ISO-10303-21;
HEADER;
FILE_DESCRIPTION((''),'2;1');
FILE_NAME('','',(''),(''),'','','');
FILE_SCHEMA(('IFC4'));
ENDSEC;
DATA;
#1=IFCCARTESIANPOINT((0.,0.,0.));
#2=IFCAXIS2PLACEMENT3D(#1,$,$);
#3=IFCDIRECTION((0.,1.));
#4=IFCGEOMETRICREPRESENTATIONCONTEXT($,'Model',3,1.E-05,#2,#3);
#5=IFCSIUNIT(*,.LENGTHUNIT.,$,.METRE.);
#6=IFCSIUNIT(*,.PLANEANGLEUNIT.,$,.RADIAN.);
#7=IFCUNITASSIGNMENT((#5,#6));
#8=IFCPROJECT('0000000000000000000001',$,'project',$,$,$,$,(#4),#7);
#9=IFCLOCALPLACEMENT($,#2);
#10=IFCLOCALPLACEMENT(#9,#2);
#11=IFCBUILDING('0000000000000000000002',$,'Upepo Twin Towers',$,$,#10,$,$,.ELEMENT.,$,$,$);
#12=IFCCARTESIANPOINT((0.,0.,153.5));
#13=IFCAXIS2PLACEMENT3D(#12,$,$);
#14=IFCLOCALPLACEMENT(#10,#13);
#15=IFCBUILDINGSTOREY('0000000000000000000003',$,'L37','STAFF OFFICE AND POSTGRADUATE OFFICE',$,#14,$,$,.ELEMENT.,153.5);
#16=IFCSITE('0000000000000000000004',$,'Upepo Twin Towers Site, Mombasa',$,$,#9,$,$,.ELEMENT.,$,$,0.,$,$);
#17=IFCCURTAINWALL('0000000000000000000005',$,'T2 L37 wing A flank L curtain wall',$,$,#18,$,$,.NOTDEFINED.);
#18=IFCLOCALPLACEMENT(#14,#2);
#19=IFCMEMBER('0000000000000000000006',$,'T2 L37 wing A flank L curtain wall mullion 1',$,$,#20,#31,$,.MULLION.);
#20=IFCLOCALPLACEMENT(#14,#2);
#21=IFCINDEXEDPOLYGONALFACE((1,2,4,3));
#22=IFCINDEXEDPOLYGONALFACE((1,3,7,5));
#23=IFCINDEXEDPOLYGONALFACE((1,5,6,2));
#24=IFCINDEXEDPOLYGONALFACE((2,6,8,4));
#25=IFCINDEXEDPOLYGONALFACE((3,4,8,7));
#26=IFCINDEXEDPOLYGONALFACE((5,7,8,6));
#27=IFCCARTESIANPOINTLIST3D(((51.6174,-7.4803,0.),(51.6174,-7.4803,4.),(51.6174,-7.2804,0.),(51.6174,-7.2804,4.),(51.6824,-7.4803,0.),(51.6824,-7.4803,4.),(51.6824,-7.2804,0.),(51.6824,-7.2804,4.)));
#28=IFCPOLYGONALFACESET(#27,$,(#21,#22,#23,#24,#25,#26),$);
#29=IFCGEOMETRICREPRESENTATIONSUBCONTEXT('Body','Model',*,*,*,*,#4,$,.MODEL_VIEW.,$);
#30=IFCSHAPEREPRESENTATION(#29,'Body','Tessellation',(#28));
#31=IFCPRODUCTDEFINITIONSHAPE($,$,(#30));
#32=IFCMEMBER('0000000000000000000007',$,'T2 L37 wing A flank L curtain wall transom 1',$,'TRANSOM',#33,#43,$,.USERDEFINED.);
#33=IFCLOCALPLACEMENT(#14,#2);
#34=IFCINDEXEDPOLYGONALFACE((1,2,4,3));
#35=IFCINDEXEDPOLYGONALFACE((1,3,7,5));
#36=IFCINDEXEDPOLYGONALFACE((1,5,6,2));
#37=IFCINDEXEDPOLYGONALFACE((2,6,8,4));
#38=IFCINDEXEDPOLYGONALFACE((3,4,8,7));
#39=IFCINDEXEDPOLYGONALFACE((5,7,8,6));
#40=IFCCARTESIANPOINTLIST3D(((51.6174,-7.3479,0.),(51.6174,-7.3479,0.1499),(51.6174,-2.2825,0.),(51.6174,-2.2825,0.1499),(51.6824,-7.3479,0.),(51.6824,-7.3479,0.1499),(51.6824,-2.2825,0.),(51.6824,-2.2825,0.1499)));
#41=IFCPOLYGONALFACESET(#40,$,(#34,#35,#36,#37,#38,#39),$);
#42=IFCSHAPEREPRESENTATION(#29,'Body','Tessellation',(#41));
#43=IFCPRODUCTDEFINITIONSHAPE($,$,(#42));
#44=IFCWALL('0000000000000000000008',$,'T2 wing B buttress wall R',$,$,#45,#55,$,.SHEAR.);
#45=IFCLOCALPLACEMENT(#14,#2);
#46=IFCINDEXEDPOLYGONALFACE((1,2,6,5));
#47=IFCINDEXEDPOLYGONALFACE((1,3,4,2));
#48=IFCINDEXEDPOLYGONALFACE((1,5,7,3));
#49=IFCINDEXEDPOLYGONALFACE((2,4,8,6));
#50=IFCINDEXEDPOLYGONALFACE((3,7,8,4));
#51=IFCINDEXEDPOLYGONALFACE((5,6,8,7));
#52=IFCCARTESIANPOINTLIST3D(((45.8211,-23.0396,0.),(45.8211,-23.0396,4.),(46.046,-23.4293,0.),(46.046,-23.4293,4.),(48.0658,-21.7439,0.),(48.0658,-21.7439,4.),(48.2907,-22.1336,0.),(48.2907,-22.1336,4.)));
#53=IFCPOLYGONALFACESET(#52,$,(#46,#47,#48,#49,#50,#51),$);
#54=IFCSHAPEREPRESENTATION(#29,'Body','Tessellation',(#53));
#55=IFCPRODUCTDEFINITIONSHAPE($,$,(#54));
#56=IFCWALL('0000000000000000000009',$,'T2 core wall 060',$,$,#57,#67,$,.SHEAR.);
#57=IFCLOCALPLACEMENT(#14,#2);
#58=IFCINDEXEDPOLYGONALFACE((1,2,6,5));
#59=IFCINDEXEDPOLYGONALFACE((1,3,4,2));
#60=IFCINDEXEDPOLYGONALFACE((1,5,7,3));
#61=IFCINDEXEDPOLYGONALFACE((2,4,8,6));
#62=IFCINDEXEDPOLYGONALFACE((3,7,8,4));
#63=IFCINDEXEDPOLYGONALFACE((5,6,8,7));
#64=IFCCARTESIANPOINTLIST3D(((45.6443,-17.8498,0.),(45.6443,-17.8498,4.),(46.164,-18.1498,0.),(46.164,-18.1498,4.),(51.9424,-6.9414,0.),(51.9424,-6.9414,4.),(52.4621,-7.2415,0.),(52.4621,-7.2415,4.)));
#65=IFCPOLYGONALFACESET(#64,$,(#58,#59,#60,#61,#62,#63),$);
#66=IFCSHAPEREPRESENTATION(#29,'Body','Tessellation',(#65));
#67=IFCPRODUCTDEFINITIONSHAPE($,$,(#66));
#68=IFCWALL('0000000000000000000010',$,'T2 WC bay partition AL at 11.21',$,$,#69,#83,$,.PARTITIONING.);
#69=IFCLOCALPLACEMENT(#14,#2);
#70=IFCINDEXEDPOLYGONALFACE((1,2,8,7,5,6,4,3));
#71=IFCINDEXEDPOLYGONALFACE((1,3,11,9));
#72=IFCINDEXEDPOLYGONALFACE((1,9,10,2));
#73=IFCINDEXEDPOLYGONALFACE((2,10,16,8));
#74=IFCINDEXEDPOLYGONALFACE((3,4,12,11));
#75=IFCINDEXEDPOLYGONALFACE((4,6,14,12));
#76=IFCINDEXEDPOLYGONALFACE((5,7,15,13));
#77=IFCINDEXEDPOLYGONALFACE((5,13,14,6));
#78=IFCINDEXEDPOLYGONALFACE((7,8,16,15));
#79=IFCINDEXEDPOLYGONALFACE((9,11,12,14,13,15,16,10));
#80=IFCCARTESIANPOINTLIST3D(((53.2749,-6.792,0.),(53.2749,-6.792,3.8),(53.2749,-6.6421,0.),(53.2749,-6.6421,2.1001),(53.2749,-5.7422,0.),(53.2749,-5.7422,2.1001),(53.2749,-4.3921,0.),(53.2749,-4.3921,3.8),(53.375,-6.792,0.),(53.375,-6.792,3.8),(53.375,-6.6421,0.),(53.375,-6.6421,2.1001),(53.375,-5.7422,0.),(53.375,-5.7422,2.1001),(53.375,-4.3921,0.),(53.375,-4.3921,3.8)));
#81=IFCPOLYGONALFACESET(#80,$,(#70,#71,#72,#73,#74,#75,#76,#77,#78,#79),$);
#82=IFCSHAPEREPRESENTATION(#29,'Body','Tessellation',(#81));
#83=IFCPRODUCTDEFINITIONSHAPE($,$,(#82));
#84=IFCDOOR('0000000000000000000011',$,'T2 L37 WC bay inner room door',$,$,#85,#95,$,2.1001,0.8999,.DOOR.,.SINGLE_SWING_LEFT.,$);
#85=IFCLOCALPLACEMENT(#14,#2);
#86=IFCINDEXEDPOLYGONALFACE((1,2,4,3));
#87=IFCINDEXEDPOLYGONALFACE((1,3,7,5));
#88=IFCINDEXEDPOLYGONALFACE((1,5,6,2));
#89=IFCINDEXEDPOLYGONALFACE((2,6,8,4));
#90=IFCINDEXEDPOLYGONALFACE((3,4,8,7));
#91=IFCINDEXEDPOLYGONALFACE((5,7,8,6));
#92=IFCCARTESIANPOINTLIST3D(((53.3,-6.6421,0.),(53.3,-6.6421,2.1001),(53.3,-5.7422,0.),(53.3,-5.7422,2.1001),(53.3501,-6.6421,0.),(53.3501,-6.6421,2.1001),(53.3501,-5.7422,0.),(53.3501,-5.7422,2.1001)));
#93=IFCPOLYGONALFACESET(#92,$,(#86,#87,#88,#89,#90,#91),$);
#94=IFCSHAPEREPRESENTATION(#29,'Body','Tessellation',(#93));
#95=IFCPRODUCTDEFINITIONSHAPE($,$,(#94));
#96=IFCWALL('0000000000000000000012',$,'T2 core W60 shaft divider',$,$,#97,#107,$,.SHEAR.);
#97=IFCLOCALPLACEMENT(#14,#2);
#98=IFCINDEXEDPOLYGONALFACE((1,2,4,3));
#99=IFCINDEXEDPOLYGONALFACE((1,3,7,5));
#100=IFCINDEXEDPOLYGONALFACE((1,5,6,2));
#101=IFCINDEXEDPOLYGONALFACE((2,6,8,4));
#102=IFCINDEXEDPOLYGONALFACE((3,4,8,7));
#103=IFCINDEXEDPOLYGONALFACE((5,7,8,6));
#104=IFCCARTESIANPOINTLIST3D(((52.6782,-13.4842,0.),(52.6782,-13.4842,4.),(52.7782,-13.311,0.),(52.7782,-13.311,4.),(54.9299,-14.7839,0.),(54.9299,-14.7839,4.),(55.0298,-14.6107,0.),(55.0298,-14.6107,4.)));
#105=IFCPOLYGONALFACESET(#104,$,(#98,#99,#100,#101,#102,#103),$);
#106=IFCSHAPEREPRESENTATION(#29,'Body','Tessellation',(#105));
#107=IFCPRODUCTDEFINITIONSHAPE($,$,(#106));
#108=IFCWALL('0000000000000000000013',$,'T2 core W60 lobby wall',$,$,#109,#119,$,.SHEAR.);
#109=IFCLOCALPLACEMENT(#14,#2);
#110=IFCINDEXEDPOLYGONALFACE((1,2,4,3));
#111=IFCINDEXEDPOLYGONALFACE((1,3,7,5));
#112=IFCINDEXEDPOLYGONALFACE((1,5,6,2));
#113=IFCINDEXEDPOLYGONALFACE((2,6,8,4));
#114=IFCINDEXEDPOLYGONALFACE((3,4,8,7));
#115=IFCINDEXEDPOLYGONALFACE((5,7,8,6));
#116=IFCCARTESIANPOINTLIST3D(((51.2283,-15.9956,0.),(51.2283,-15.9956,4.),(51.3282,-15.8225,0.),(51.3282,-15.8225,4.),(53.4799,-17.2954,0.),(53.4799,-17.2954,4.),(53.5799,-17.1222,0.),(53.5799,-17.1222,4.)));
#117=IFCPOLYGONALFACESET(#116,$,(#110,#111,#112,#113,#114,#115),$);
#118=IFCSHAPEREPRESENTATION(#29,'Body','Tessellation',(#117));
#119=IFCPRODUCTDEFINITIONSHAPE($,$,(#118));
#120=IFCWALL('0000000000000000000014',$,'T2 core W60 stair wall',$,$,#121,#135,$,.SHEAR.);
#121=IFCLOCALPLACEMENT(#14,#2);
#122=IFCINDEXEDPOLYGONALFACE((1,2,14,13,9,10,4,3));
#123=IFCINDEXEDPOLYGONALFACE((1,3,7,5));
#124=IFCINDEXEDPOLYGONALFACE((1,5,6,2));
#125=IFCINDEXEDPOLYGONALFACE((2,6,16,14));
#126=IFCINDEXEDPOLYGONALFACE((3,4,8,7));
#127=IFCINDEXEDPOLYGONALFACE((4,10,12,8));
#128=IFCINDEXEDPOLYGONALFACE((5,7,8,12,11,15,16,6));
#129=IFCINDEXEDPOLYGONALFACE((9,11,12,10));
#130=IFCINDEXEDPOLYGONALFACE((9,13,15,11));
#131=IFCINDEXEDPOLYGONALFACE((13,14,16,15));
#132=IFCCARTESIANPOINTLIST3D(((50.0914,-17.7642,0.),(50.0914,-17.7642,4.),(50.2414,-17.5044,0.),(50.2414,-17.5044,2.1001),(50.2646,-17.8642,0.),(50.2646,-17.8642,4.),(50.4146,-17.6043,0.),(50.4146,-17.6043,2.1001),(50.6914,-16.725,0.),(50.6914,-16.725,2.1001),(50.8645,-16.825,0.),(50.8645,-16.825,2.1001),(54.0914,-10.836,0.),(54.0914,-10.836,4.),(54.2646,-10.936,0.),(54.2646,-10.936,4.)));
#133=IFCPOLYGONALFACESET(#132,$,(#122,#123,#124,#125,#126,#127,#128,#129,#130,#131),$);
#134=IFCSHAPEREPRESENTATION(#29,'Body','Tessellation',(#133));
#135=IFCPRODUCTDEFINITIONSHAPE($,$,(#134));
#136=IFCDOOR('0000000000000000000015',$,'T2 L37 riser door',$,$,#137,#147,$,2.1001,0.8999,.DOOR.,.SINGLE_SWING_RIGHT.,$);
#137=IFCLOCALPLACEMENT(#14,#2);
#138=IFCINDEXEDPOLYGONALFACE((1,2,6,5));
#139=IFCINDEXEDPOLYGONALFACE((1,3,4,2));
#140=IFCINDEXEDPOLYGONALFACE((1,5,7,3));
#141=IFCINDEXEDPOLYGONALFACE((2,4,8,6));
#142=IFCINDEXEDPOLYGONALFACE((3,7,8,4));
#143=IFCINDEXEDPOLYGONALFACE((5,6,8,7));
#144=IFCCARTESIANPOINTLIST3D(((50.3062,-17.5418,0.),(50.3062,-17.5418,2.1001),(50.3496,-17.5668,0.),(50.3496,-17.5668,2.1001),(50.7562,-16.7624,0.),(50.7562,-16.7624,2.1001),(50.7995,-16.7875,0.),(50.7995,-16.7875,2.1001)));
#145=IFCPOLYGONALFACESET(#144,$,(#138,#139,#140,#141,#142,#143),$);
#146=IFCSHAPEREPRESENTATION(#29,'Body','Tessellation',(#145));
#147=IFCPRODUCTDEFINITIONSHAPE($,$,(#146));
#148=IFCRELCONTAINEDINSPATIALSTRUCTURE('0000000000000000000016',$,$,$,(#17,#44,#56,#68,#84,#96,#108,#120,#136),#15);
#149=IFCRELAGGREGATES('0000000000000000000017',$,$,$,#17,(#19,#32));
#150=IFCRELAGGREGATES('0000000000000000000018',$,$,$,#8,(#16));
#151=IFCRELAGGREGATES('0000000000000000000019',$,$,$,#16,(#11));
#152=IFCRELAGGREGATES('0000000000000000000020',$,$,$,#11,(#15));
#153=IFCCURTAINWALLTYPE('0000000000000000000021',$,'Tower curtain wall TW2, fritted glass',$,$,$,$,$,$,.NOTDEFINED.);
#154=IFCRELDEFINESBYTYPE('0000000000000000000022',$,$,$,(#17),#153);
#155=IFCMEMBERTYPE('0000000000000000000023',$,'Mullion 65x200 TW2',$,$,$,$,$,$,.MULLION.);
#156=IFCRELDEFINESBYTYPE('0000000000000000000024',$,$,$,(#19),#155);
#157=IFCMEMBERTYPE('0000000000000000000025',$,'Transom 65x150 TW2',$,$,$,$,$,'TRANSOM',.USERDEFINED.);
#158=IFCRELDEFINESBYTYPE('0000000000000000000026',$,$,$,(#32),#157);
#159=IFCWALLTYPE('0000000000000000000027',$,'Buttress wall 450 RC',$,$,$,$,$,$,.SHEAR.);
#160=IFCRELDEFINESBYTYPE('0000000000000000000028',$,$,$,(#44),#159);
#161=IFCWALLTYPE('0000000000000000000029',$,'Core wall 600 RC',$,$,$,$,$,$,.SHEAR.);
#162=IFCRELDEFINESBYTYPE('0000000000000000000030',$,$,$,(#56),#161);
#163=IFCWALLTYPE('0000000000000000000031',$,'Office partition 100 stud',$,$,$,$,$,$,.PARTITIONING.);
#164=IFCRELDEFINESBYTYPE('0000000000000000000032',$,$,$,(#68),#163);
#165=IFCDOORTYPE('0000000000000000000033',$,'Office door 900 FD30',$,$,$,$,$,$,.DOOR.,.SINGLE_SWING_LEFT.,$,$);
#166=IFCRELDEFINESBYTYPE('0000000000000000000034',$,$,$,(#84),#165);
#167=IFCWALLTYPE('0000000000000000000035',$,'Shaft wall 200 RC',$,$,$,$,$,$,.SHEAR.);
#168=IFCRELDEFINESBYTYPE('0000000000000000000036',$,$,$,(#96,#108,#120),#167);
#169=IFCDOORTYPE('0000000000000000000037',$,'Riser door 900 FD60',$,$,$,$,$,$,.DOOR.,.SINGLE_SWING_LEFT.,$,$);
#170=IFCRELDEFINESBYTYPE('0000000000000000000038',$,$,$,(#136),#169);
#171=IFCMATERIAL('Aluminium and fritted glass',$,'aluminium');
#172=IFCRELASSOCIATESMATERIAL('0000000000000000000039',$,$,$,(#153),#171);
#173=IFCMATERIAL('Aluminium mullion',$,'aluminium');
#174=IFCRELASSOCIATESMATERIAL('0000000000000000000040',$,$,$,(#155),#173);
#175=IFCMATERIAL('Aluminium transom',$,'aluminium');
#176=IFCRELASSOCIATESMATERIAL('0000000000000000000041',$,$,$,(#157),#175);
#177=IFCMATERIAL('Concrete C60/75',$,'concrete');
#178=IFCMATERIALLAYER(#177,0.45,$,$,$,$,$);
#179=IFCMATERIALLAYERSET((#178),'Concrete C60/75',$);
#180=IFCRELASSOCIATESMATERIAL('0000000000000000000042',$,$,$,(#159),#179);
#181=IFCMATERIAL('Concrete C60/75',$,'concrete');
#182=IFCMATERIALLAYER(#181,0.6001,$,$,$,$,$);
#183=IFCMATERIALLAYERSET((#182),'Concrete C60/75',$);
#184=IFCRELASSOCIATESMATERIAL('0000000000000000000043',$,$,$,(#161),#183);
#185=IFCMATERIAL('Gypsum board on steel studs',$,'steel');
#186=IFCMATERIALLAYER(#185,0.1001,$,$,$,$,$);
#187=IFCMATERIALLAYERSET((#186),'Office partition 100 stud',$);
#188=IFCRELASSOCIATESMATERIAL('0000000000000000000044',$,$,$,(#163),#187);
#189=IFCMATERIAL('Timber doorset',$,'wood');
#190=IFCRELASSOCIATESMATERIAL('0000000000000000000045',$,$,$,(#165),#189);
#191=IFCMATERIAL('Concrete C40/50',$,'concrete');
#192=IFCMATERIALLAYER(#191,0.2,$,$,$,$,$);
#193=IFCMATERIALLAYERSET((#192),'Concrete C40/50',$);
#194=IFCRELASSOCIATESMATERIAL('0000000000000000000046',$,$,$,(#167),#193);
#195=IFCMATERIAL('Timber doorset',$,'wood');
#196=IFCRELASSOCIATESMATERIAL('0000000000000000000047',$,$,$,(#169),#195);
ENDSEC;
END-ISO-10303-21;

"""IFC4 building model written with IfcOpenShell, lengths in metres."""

from ifc_helpers import new_model, si_unit, direction, frame, frame_2d, origin, origin_2d, place, context, subcontext, project, spatial, rectangle, extrude, material, layer, layer_set, material_profile, profile_set, type_object, element, fill, aggregate, save


model = new_model("IFC4")

# Units and contexts
model_context = context("Model", 3, precision=1e-05, world=origin(), true_north=direction((0.0, 1.0)))
body_context = subcontext(model_context, "Body", "Model", "MODEL_VIEW")
ifc_project = project(units=[si_unit("LENGTHUNIT", "METRE"), si_unit("PLANEANGLEUNIT", "RADIAN")], contexts=[model_context])

# Site, building, storey
site_placement = place(None, origin())
site = spatial("IfcSite", under=ifc_project, at=site_placement, Name="Upepo Twin Towers Site, Mombasa", CompositionType="ELEMENT", RefElevation=0.0)
building_placement = place(site_placement, origin())
building = spatial("IfcBuilding", under=site, at=building_placement, Name="Upepo Twin Towers", CompositionType="ELEMENT")
storey_placement = place(building_placement, frame((0.0, 0.0, 153.5)))
storey = spatial("IfcBuildingStorey", under=building, at=storey_placement, Name="L37", Description="STAFF OFFICE AND POSTGRADUATE OFFICE", CompositionType="ELEMENT", Elevation=153.5)

# Curtain wall, members
ifc_material_1 = material(Name="Aluminium and fritted glass", Category="aluminium")
curtain_wall_type = type_object("IfcCurtainWallType", Name="Tower curtain wall TW2, fritted glass", PredefinedType="NOTDEFINED", material=ifc_material_1)
curtain_wall_placement = place(storey_placement, origin())
curtain_wall = element("IfcCurtainWall", 1, at=curtain_wall_placement, inside=storey, type_object=curtain_wall_type, Name="T2 L37 wing A flank L curtain wall", PredefinedType="NOTDEFINED")
ifc_material_2 = material(Name="Aluminium mullion", Category="aluminium")
ifc_material_profile_1 = material_profile(ifc_material_2, rectangle(XDim=0.0649, YDim=0.2, at=origin_2d()), Name="MULLION 65x200")
ifc_profile_set_1 = profile_set([ifc_material_profile_1], Name="Aluminium mullion")
member_type_1 = type_object("IfcMemberType", Name="Mullion 65x200 TW2", PredefinedType="MULLION", material=ifc_profile_set_1)
member_1_placement = place(storey_placement, frame((51.6499, -7.3804, 0.0), z_axis=(0.0, 0.0, 1.0), x_axis=(-1.0, 0.0, 0.0)))
member_1 = element("IfcMember", 2, at=member_1_placement, type_object=member_type_1, Name="T2 L37 wing A flank L curtain wall mullion 1", PredefinedType="MULLION", context=body_context, shape_type="SweptSolid", body=[
    extrude(rectangle(XDim=0.0649, YDim=0.2, at=origin_2d()), origin(), (0.0, 0.0, 1.0), 4.0),
])
ifc_material_3 = material(Name="Aluminium transom", Category="aluminium")
ifc_material_profile_2 = material_profile(ifc_material_3, rectangle(XDim=0.0649, YDim=0.1499, at=origin_2d()), Name="TRANSOM 65x150")
ifc_profile_set_2 = profile_set([ifc_material_profile_2], Name="Aluminium transom")
member_type_2 = type_object("IfcMemberType", Name="Transom 65x150 TW2", ElementType="TRANSOM", PredefinedType="USERDEFINED", material=ifc_profile_set_2)
member_2_placement = place(storey_placement, frame((51.6499, -7.3479, 0.075), z_axis=(0.0, 1.0, 0.0), x_axis=(-1.0, 0.0, 0.0)))
member_2 = element("IfcMember", 3, at=member_2_placement, type_object=member_type_2, Name="T2 L37 wing A flank L curtain wall transom 1", ObjectType="TRANSOM", PredefinedType="USERDEFINED", context=body_context, shape_type="SweptSolid", body=[
    extrude(rectangle(XDim=0.0649, YDim=0.1499, at=origin_2d()), origin(), (0.0, 0.0, 1.0), 5.0654),
])
aggregate(curtain_wall, [member_1, member_2])

# Walls
ifc_material_4 = material(Name="Concrete C60/75", Category="concrete")
ifc_layer_1 = layer(ifc_material_4, 0.45)
ifc_layer_set_1 = layer_set([ifc_layer_1], Name="Concrete C60/75")
wall_type_1 = type_object("IfcWallType", Name="Buttress wall 450 RC", PredefinedType="SHEAR", material=ifc_layer_set_1)
wall_1_placement = place(storey_placement, frame((48.1782, -21.9387, 0.0), z_axis=(0.0, 0.0, 1.0), x_axis=(-0.866073, -0.499918, 0.0)))
element("IfcWall", 4, at=wall_1_placement, inside=storey, type_object=wall_type_1, Name="T2 wing B buttress wall R", PredefinedType="SHEAR", context=body_context, shape_type="SweptSolid", body=[
    extrude(rectangle(XDim=2.5918, YDim=0.45, at=frame_2d((1.2959, 0.0))), origin(), (0.0, 0.0, 1.0), 4.0),
])
ifc_material_5 = material(Name="Concrete C60/75", Category="concrete")
ifc_layer_2 = layer(ifc_material_5, 0.6001)
ifc_layer_set_2 = layer_set([ifc_layer_2], Name="Concrete C60/75")
wall_type_2 = type_object("IfcWallType", Name="Core wall 600 RC", PredefinedType="SHEAR", material=ifc_layer_set_2)
wall_2_placement = place(storey_placement, frame((52.2021, -7.0916, 0.0), z_axis=(0.0, 0.0, 1.0), x_axis=(-0.500006, -0.866022, 0.0)))
element("IfcWall", 5, at=wall_2_placement, inside=storey, type_object=wall_type_2, Name="T2 core wall 060", PredefinedType="SHEAR", context=body_context, shape_type="SweptSolid", body=[
    extrude(rectangle(XDim=12.5959, YDim=0.6001, at=frame_2d((6.2979, 0.0))), origin(), (0.0, 0.0, 1.0), 4.0),
])

# Wall, opening, door
ifc_material_6 = material(Name="Gypsum board on steel studs", Category="steel")
ifc_layer_3 = layer(ifc_material_6, 0.1001)
ifc_layer_set_3 = layer_set([ifc_layer_3], Name="Office partition 100 stud")
wall_type_3 = type_object("IfcWallType", Name="Office partition 100 stud", PredefinedType="PARTITIONING", material=ifc_layer_set_3)
wall_3_placement = place(storey_placement, frame((53.325, -6.792, 0.0), z_axis=(0.0, 0.0, 1.0), x_axis=(0.0, 1.0, 0.0)))
wall_3 = element("IfcWall", 6, at=wall_3_placement, inside=storey, type_object=wall_type_3, Name="T2 WC bay partition AL at 11.21", PredefinedType="PARTITIONING", context=body_context, shape_type="SweptSolid", body=[
    extrude(rectangle(XDim=2.3999, YDim=0.1001, at=frame_2d((1.2, 0.0))), origin(), (0.0, 0.0, 1.0), 3.8),
])
opening_1_placement = place(wall_3_placement, frame((0.1499, 0.0, 0.0)))
opening_1 = element("IfcOpeningElement", 7, at=opening_1_placement, cuts=wall_3, PredefinedType="OPENING", context=body_context, shape_type="SweptSolid", body=[
    extrude(rectangle(XDim=0.8999, YDim=2.1001, at=frame_2d((0.45, 1.05))), frame((0.0, 0.0601, 0.0), z_axis=(0.0, -1.0, 0.0), x_axis=(1.0, 0.0, 0.0)), (0.0, 0.0, 1.0), 0.1201),
])
ifc_material_7 = material(Name="Timber doorset", Category="wood")
door_type_1 = type_object("IfcDoorType", Name="Office door 900 FD30", OperationType="SINGLE_SWING_LEFT", PredefinedType="DOOR", material=ifc_material_7)
door_1_placement = place(opening_1_placement, origin())
door_1 = element("IfcDoor", 8, at=door_1_placement, inside=storey, type_object=door_type_1, Name="T2 L37 WC bay inner room door", OperationType="SINGLE_SWING_LEFT", OverallHeight=2.1001, OverallWidth=0.8999, PredefinedType="DOOR", context=body_context, shape_type="SweptSolid", body=[
    extrude(rectangle(XDim=0.8999, YDim=2.1001, at=frame_2d((0.45, 1.05))), frame((0.0, 0.0249, 0.0), z_axis=(0.0, -1.0, 0.0), x_axis=(1.0, 0.0, 0.0)), (0.0, 0.0, 1.0), 0.05),
])
fill(opening_1, door_1)

# Walls
ifc_material_8 = material(Name="Concrete C40/50", Category="concrete")
ifc_layer_4 = layer(ifc_material_8, 0.2)
ifc_layer_set_4 = layer_set([ifc_layer_4], Name="Concrete C40/50")
wall_type_4 = type_object("IfcWallType", Name="Shaft wall 200 RC", PredefinedType="SHEAR", material=ifc_layer_set_4)
for number, where, z_axis, x_axis, name in (
    (9, (54.9797, -14.6973, 0.0), (0.0, 0.0, 1.0), (-0.866062, 0.499937, 0.0), "T2 core W60 shaft divider"),
    (10, (53.5298, -17.2087, 0.0), (0.0, 0.0, 1.0), (-0.866062, 0.499937, 0.0), "T2 core W60 lobby wall"),
):
    element("IfcWall", number, at=place(storey_placement, frame(where, z_axis=z_axis, x_axis=x_axis)), inside=storey, type_object=wall_type_4, Name=name, PredefinedType="SHEAR", context=body_context, shape_type="SweptSolid", body=[
        extrude(rectangle(XDim=2.5999, YDim=0.2, at=frame_2d((1.2998, 0.0))), origin(), (0.0, 0.0, 1.0), 4.0),
    ])

# Wall, opening, door
wall_4_placement = place(storey_placement, frame((54.178, -10.886, 0.0), z_axis=(0.0, 0.0, 1.0), x_axis=(-0.499999, -0.866026, 0.0)))
wall_4 = element("IfcWall", 11, at=wall_4_placement, inside=storey, type_object=wall_type_4, Name="T2 core W60 stair wall", PredefinedType="SHEAR", context=body_context, shape_type="SweptSolid", body=[
    extrude(rectangle(XDim=8.0, YDim=0.2, at=frame_2d((4.0, 0.0))), origin(), (0.0, 0.0, 1.0), 4.0),
])
opening_2_placement = place(wall_4_placement, frame((6.8, 0.0, 0.0)))
opening_2 = element("IfcOpeningElement", 12, at=opening_2_placement, cuts=wall_4, PredefinedType="OPENING", context=body_context, shape_type="SweptSolid", body=[
    extrude(rectangle(XDim=0.8999, YDim=2.1001, at=frame_2d((0.45, 1.05))), frame((0.0, 0.1099, 0.0), z_axis=(0.0, -1.0, 0.0), x_axis=(1.0, 0.0, 0.0)), (0.0, 0.0, 1.0), 0.22),
])
ifc_material_9 = material(Name="Timber doorset", Category="wood")
door_type_2 = type_object("IfcDoorType", Name="Riser door 900 FD60", OperationType="SINGLE_SWING_LEFT", PredefinedType="DOOR", material=ifc_material_9)
door_2_placement = place(opening_2_placement, origin())
door_2 = element("IfcDoor", 13, at=door_2_placement, inside=storey, type_object=door_type_2, Name="T2 L37 riser door", OperationType="SINGLE_SWING_RIGHT", OverallHeight=2.1001, OverallWidth=0.8999, PredefinedType="DOOR", context=body_context, shape_type="SweptSolid", body=[
    extrude(rectangle(XDim=0.8999, YDim=2.1001, at=frame_2d((0.45, 1.05))), frame((0.0, 0.0249, 0.0), z_axis=(0.0, -1.0, 0.0), x_axis=(1.0, 0.0, 0.0)), (0.0, 0.0, 1.0), 0.05),
])
fill(opening_2, door_2)

save(model, "model.ifc")
